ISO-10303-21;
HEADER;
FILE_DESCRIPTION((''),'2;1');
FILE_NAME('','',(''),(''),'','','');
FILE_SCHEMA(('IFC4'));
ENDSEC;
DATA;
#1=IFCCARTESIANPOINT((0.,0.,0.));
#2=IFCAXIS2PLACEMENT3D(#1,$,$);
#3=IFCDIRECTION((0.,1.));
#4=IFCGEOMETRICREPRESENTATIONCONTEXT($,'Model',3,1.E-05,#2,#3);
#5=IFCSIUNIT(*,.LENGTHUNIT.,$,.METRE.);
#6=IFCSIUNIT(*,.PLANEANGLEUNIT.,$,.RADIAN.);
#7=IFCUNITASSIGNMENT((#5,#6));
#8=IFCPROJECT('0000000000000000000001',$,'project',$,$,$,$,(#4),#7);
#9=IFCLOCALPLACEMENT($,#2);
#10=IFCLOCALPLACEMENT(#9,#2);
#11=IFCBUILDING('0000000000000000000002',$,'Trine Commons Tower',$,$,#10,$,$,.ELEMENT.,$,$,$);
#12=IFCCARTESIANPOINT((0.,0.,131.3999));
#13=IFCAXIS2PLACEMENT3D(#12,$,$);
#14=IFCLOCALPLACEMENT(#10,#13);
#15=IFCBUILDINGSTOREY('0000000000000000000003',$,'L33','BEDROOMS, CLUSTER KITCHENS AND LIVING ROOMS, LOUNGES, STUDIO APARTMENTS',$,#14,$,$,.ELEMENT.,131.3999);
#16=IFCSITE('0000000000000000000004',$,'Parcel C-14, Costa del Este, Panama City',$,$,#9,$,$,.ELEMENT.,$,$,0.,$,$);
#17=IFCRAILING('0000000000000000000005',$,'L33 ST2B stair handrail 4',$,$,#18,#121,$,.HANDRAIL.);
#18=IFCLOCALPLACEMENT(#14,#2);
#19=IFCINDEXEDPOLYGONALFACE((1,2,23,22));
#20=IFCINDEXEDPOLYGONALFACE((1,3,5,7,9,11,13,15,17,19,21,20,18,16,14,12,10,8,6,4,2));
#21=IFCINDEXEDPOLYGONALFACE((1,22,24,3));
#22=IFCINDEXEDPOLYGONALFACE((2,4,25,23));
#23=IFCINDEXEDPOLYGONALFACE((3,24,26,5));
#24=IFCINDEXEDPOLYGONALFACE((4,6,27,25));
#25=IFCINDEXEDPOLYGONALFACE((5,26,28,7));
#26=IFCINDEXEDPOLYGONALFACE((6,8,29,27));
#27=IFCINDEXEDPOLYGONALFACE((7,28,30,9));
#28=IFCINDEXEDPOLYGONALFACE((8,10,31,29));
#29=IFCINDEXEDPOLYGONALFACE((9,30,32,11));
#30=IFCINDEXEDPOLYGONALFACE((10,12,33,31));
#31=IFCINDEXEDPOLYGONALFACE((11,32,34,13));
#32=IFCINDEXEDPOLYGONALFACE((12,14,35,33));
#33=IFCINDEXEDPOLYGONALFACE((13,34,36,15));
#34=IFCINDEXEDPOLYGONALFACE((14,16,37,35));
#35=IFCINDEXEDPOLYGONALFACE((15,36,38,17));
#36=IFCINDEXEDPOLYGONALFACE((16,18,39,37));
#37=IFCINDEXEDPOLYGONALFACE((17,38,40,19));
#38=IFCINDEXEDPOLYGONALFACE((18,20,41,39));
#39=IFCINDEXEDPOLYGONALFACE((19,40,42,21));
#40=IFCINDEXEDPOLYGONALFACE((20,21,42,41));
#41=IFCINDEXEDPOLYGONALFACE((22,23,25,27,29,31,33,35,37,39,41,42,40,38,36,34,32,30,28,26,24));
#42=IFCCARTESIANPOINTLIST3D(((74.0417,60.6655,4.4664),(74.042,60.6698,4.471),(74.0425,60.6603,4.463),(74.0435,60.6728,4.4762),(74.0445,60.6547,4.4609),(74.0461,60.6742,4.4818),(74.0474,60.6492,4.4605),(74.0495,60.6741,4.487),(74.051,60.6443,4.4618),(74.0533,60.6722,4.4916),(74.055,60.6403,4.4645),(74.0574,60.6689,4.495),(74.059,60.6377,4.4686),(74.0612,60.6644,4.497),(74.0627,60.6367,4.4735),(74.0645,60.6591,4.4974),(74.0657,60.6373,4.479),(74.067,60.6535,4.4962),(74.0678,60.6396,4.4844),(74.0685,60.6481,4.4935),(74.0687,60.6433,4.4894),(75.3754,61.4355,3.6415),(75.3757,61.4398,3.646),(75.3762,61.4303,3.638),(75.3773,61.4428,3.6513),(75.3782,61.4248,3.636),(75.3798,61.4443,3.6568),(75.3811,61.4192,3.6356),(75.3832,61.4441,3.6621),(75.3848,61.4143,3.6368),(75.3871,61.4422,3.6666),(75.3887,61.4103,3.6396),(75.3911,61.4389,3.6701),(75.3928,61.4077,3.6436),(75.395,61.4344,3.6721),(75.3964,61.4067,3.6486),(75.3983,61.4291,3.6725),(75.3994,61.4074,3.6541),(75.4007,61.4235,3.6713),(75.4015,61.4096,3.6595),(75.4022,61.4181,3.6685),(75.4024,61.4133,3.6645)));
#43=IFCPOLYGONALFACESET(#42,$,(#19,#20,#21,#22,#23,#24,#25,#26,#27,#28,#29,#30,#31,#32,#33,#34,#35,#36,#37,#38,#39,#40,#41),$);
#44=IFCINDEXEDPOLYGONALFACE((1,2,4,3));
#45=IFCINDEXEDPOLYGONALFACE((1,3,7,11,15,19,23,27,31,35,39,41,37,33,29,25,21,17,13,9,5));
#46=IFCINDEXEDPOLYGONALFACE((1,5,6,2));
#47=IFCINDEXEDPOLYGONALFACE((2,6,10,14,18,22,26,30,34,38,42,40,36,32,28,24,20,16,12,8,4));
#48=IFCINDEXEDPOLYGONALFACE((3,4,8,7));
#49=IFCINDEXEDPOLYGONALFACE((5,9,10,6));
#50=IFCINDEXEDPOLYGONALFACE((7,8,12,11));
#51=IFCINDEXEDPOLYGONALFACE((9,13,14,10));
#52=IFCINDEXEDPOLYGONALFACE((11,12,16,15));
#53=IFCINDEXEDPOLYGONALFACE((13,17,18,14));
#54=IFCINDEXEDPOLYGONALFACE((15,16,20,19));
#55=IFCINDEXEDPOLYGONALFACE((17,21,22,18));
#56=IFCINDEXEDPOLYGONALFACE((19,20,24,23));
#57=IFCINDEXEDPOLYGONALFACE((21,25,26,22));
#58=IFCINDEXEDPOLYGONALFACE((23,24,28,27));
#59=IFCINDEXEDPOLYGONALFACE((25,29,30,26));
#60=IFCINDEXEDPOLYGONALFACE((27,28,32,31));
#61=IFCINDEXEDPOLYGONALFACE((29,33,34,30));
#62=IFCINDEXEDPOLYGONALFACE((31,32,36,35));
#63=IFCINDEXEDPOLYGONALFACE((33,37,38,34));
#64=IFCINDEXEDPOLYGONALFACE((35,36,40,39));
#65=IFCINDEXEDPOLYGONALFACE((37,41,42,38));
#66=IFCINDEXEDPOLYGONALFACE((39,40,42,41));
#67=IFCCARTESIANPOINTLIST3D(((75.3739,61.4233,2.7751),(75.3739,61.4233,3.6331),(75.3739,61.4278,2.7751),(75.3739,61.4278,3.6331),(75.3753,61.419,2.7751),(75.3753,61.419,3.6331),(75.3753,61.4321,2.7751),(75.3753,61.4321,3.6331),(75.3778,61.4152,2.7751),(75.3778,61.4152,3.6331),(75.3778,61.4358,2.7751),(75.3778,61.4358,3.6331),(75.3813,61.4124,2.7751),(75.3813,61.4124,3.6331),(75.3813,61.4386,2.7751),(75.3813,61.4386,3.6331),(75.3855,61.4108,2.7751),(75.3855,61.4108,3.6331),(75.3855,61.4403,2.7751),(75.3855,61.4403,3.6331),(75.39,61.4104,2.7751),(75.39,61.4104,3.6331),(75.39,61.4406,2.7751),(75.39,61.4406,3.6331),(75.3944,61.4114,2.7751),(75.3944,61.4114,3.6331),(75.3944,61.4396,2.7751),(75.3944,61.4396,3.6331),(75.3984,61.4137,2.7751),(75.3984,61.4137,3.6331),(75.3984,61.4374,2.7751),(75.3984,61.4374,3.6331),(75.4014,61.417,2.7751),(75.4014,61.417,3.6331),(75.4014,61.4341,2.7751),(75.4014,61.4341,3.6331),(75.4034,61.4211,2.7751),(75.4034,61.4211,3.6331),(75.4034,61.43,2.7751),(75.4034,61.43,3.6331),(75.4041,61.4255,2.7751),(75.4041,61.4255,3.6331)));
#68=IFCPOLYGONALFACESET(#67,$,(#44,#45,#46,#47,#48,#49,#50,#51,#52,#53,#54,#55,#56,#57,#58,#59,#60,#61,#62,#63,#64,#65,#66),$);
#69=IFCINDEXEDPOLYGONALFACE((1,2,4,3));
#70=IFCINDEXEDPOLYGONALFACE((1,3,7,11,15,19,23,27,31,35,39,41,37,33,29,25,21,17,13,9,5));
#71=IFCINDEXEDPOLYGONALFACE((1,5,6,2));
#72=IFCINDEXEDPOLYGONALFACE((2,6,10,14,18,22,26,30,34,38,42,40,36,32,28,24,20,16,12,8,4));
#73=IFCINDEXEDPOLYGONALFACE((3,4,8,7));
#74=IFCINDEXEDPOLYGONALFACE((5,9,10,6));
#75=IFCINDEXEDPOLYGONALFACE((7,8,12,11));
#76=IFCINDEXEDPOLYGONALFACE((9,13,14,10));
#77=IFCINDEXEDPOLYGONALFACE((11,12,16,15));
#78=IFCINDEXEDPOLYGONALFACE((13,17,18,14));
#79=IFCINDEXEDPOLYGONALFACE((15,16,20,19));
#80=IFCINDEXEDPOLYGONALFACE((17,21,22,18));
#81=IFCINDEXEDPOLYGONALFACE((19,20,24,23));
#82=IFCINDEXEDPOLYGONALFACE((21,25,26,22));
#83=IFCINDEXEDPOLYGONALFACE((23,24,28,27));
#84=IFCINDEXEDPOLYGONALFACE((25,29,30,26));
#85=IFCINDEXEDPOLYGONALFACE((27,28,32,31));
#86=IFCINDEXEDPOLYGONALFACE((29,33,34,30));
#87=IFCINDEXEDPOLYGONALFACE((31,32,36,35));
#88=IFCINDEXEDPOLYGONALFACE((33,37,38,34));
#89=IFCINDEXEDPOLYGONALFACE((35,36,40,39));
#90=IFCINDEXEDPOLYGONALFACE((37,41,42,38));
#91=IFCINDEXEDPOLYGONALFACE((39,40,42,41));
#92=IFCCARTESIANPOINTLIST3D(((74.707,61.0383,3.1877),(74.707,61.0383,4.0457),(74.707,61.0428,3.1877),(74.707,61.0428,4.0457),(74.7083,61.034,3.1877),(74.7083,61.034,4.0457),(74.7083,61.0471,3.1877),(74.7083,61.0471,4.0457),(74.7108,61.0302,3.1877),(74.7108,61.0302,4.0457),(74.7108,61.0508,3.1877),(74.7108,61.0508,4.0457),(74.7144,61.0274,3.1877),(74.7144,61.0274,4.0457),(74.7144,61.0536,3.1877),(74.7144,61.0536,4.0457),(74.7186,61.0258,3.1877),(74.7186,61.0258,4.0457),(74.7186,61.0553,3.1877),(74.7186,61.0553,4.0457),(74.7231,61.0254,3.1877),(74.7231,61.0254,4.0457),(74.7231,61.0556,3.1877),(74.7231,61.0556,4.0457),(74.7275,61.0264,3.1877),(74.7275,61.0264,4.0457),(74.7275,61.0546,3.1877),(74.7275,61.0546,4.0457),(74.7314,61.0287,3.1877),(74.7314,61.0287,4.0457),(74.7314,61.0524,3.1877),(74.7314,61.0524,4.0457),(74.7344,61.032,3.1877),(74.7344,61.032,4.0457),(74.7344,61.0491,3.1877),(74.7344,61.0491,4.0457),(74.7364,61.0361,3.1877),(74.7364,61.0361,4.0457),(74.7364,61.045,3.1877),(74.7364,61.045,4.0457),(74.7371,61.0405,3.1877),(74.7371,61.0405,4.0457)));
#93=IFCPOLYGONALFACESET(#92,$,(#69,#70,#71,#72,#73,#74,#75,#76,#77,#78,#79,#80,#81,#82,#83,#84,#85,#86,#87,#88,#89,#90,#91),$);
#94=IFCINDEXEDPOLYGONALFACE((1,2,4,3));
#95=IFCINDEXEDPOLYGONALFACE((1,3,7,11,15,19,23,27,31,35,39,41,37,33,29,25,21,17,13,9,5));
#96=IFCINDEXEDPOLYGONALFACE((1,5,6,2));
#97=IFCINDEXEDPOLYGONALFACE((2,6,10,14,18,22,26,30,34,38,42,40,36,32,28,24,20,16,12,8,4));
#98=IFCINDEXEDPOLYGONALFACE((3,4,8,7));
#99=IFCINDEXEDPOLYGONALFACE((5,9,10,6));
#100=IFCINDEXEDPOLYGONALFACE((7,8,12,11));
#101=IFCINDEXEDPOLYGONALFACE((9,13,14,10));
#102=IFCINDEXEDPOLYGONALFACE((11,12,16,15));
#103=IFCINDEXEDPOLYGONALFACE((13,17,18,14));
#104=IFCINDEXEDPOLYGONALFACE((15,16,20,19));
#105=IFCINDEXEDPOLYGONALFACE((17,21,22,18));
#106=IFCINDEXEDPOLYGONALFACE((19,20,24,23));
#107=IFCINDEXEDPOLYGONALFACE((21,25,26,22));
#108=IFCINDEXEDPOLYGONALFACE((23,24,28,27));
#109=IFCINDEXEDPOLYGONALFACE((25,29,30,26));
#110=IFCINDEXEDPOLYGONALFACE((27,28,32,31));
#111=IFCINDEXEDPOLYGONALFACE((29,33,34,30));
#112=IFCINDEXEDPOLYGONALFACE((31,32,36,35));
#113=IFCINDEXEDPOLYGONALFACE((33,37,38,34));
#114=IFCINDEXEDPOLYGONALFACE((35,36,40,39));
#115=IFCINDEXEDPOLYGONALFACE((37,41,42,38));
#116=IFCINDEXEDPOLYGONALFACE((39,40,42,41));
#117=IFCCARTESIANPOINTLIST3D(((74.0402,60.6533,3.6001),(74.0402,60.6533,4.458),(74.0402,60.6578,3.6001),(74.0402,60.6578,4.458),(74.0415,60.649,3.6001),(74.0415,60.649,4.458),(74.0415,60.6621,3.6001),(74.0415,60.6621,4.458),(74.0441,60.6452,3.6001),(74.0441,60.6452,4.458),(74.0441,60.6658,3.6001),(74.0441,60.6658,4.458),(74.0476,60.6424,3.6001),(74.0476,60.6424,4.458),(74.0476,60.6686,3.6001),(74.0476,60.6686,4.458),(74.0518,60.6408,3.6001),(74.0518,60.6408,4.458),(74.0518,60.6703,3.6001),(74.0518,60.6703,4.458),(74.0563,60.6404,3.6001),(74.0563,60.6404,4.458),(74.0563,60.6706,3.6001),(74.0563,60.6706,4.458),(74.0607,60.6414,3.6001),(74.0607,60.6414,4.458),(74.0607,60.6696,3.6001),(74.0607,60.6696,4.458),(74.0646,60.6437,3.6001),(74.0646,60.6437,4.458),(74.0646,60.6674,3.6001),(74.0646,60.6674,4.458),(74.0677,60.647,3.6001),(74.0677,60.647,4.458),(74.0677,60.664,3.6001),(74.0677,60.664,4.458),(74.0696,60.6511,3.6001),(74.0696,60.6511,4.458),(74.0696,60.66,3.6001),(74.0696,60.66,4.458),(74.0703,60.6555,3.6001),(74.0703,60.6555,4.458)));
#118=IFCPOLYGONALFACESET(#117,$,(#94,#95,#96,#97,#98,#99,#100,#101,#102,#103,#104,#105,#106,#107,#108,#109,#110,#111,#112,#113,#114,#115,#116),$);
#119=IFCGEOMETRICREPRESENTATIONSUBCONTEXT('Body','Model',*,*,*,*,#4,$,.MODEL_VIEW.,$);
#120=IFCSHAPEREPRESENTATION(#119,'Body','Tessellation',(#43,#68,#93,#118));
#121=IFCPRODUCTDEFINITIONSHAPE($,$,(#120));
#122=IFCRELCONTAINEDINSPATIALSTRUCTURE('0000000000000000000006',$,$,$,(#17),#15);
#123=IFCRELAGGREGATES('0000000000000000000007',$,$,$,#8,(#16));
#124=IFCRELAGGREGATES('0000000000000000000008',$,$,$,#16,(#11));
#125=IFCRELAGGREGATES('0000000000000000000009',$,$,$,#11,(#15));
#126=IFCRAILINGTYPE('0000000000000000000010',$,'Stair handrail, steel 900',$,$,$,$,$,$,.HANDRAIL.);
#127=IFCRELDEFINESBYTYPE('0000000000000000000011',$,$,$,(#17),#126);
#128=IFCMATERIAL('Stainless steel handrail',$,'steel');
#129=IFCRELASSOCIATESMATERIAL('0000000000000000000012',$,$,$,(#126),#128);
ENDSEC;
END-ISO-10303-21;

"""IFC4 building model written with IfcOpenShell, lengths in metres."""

from ifc_helpers import new_model, si_unit, direction, frame, origin, origin_2d, place, context, subcontext, project, spatial, circle, extrude, material, type_object, element, save


model = new_model("IFC4")

# Units and contexts
model_context = context("Model", 3, precision=1e-05, world=origin(), true_north=direction((0.0, 1.0)))
body_context = subcontext(model_context, "Body", "Model", "MODEL_VIEW")
ifc_project = project(units=[si_unit("LENGTHUNIT", "METRE"), si_unit("PLANEANGLEUNIT", "RADIAN")], contexts=[model_context])

# Site, building, storey
site_placement = place(None, origin())
site = spatial("IfcSite", under=ifc_project, at=site_placement, Name="Parcel C-14, Costa del Este, Panama City", CompositionType="ELEMENT", RefElevation=0.0)
building_placement = place(site_placement, origin())
building = spatial("IfcBuilding", under=site, at=building_placement, Name="Trine Commons Tower", CompositionType="ELEMENT")
storey_placement = place(building_placement, frame((0.0, 0.0, 131.3999)))
storey = spatial("IfcBuildingStorey", under=building, at=storey_placement, Name="L33", Description="BEDROOMS, CLUSTER KITCHENS AND LIVING ROOMS, LOUNGES, STUDIO APARTMENTS", CompositionType="ELEMENT", Elevation=131.3999)

# Railing
ifc_material_1 = material(Name="Stainless steel handrail", Category="steel")
railing_type_1 = type_object("IfcRailingType", Name="Stair handrail, steel 900", PredefinedType="HANDRAIL", material=ifc_material_1)
for number, where, name in (
    (1, (75.3889, 61.4255, 2.7751), "L33 ST2B stair handrail 4"),
):
    element("IfcRailing", number, at=place(storey_placement, frame(where)), inside=storey, type_object=railing_type_1, Name=name, PredefinedType="HANDRAIL", context=body_context, shape_type="SweptSolid", body=[
        extrude(circle(Radius=0.021, at=origin_2d()), frame((0.0, 0.0, 0.8789), z_axis=(-0.763405, -0.440743, 0.472185), x_axis=(0.499992, -0.86603, 0.0)), (0.0, 0.0, 1.0), 1.7471),
        extrude(circle(Radius=0.0151, at=origin_2d()), origin(), (0.0, 0.0, 1.0), 0.8579),
        extrude(circle(Radius=0.0151, at=origin_2d()), frame((-0.667, -0.385, 0.4126)), (0.0, 0.0, 1.0), 0.8579),
        extrude(circle(Radius=0.0151, at=origin_2d()), frame((-1.3337, -0.77, 0.825)), (0.0, 0.0, 1.0), 0.8579),
    ])

save(model, "model.ifc")
